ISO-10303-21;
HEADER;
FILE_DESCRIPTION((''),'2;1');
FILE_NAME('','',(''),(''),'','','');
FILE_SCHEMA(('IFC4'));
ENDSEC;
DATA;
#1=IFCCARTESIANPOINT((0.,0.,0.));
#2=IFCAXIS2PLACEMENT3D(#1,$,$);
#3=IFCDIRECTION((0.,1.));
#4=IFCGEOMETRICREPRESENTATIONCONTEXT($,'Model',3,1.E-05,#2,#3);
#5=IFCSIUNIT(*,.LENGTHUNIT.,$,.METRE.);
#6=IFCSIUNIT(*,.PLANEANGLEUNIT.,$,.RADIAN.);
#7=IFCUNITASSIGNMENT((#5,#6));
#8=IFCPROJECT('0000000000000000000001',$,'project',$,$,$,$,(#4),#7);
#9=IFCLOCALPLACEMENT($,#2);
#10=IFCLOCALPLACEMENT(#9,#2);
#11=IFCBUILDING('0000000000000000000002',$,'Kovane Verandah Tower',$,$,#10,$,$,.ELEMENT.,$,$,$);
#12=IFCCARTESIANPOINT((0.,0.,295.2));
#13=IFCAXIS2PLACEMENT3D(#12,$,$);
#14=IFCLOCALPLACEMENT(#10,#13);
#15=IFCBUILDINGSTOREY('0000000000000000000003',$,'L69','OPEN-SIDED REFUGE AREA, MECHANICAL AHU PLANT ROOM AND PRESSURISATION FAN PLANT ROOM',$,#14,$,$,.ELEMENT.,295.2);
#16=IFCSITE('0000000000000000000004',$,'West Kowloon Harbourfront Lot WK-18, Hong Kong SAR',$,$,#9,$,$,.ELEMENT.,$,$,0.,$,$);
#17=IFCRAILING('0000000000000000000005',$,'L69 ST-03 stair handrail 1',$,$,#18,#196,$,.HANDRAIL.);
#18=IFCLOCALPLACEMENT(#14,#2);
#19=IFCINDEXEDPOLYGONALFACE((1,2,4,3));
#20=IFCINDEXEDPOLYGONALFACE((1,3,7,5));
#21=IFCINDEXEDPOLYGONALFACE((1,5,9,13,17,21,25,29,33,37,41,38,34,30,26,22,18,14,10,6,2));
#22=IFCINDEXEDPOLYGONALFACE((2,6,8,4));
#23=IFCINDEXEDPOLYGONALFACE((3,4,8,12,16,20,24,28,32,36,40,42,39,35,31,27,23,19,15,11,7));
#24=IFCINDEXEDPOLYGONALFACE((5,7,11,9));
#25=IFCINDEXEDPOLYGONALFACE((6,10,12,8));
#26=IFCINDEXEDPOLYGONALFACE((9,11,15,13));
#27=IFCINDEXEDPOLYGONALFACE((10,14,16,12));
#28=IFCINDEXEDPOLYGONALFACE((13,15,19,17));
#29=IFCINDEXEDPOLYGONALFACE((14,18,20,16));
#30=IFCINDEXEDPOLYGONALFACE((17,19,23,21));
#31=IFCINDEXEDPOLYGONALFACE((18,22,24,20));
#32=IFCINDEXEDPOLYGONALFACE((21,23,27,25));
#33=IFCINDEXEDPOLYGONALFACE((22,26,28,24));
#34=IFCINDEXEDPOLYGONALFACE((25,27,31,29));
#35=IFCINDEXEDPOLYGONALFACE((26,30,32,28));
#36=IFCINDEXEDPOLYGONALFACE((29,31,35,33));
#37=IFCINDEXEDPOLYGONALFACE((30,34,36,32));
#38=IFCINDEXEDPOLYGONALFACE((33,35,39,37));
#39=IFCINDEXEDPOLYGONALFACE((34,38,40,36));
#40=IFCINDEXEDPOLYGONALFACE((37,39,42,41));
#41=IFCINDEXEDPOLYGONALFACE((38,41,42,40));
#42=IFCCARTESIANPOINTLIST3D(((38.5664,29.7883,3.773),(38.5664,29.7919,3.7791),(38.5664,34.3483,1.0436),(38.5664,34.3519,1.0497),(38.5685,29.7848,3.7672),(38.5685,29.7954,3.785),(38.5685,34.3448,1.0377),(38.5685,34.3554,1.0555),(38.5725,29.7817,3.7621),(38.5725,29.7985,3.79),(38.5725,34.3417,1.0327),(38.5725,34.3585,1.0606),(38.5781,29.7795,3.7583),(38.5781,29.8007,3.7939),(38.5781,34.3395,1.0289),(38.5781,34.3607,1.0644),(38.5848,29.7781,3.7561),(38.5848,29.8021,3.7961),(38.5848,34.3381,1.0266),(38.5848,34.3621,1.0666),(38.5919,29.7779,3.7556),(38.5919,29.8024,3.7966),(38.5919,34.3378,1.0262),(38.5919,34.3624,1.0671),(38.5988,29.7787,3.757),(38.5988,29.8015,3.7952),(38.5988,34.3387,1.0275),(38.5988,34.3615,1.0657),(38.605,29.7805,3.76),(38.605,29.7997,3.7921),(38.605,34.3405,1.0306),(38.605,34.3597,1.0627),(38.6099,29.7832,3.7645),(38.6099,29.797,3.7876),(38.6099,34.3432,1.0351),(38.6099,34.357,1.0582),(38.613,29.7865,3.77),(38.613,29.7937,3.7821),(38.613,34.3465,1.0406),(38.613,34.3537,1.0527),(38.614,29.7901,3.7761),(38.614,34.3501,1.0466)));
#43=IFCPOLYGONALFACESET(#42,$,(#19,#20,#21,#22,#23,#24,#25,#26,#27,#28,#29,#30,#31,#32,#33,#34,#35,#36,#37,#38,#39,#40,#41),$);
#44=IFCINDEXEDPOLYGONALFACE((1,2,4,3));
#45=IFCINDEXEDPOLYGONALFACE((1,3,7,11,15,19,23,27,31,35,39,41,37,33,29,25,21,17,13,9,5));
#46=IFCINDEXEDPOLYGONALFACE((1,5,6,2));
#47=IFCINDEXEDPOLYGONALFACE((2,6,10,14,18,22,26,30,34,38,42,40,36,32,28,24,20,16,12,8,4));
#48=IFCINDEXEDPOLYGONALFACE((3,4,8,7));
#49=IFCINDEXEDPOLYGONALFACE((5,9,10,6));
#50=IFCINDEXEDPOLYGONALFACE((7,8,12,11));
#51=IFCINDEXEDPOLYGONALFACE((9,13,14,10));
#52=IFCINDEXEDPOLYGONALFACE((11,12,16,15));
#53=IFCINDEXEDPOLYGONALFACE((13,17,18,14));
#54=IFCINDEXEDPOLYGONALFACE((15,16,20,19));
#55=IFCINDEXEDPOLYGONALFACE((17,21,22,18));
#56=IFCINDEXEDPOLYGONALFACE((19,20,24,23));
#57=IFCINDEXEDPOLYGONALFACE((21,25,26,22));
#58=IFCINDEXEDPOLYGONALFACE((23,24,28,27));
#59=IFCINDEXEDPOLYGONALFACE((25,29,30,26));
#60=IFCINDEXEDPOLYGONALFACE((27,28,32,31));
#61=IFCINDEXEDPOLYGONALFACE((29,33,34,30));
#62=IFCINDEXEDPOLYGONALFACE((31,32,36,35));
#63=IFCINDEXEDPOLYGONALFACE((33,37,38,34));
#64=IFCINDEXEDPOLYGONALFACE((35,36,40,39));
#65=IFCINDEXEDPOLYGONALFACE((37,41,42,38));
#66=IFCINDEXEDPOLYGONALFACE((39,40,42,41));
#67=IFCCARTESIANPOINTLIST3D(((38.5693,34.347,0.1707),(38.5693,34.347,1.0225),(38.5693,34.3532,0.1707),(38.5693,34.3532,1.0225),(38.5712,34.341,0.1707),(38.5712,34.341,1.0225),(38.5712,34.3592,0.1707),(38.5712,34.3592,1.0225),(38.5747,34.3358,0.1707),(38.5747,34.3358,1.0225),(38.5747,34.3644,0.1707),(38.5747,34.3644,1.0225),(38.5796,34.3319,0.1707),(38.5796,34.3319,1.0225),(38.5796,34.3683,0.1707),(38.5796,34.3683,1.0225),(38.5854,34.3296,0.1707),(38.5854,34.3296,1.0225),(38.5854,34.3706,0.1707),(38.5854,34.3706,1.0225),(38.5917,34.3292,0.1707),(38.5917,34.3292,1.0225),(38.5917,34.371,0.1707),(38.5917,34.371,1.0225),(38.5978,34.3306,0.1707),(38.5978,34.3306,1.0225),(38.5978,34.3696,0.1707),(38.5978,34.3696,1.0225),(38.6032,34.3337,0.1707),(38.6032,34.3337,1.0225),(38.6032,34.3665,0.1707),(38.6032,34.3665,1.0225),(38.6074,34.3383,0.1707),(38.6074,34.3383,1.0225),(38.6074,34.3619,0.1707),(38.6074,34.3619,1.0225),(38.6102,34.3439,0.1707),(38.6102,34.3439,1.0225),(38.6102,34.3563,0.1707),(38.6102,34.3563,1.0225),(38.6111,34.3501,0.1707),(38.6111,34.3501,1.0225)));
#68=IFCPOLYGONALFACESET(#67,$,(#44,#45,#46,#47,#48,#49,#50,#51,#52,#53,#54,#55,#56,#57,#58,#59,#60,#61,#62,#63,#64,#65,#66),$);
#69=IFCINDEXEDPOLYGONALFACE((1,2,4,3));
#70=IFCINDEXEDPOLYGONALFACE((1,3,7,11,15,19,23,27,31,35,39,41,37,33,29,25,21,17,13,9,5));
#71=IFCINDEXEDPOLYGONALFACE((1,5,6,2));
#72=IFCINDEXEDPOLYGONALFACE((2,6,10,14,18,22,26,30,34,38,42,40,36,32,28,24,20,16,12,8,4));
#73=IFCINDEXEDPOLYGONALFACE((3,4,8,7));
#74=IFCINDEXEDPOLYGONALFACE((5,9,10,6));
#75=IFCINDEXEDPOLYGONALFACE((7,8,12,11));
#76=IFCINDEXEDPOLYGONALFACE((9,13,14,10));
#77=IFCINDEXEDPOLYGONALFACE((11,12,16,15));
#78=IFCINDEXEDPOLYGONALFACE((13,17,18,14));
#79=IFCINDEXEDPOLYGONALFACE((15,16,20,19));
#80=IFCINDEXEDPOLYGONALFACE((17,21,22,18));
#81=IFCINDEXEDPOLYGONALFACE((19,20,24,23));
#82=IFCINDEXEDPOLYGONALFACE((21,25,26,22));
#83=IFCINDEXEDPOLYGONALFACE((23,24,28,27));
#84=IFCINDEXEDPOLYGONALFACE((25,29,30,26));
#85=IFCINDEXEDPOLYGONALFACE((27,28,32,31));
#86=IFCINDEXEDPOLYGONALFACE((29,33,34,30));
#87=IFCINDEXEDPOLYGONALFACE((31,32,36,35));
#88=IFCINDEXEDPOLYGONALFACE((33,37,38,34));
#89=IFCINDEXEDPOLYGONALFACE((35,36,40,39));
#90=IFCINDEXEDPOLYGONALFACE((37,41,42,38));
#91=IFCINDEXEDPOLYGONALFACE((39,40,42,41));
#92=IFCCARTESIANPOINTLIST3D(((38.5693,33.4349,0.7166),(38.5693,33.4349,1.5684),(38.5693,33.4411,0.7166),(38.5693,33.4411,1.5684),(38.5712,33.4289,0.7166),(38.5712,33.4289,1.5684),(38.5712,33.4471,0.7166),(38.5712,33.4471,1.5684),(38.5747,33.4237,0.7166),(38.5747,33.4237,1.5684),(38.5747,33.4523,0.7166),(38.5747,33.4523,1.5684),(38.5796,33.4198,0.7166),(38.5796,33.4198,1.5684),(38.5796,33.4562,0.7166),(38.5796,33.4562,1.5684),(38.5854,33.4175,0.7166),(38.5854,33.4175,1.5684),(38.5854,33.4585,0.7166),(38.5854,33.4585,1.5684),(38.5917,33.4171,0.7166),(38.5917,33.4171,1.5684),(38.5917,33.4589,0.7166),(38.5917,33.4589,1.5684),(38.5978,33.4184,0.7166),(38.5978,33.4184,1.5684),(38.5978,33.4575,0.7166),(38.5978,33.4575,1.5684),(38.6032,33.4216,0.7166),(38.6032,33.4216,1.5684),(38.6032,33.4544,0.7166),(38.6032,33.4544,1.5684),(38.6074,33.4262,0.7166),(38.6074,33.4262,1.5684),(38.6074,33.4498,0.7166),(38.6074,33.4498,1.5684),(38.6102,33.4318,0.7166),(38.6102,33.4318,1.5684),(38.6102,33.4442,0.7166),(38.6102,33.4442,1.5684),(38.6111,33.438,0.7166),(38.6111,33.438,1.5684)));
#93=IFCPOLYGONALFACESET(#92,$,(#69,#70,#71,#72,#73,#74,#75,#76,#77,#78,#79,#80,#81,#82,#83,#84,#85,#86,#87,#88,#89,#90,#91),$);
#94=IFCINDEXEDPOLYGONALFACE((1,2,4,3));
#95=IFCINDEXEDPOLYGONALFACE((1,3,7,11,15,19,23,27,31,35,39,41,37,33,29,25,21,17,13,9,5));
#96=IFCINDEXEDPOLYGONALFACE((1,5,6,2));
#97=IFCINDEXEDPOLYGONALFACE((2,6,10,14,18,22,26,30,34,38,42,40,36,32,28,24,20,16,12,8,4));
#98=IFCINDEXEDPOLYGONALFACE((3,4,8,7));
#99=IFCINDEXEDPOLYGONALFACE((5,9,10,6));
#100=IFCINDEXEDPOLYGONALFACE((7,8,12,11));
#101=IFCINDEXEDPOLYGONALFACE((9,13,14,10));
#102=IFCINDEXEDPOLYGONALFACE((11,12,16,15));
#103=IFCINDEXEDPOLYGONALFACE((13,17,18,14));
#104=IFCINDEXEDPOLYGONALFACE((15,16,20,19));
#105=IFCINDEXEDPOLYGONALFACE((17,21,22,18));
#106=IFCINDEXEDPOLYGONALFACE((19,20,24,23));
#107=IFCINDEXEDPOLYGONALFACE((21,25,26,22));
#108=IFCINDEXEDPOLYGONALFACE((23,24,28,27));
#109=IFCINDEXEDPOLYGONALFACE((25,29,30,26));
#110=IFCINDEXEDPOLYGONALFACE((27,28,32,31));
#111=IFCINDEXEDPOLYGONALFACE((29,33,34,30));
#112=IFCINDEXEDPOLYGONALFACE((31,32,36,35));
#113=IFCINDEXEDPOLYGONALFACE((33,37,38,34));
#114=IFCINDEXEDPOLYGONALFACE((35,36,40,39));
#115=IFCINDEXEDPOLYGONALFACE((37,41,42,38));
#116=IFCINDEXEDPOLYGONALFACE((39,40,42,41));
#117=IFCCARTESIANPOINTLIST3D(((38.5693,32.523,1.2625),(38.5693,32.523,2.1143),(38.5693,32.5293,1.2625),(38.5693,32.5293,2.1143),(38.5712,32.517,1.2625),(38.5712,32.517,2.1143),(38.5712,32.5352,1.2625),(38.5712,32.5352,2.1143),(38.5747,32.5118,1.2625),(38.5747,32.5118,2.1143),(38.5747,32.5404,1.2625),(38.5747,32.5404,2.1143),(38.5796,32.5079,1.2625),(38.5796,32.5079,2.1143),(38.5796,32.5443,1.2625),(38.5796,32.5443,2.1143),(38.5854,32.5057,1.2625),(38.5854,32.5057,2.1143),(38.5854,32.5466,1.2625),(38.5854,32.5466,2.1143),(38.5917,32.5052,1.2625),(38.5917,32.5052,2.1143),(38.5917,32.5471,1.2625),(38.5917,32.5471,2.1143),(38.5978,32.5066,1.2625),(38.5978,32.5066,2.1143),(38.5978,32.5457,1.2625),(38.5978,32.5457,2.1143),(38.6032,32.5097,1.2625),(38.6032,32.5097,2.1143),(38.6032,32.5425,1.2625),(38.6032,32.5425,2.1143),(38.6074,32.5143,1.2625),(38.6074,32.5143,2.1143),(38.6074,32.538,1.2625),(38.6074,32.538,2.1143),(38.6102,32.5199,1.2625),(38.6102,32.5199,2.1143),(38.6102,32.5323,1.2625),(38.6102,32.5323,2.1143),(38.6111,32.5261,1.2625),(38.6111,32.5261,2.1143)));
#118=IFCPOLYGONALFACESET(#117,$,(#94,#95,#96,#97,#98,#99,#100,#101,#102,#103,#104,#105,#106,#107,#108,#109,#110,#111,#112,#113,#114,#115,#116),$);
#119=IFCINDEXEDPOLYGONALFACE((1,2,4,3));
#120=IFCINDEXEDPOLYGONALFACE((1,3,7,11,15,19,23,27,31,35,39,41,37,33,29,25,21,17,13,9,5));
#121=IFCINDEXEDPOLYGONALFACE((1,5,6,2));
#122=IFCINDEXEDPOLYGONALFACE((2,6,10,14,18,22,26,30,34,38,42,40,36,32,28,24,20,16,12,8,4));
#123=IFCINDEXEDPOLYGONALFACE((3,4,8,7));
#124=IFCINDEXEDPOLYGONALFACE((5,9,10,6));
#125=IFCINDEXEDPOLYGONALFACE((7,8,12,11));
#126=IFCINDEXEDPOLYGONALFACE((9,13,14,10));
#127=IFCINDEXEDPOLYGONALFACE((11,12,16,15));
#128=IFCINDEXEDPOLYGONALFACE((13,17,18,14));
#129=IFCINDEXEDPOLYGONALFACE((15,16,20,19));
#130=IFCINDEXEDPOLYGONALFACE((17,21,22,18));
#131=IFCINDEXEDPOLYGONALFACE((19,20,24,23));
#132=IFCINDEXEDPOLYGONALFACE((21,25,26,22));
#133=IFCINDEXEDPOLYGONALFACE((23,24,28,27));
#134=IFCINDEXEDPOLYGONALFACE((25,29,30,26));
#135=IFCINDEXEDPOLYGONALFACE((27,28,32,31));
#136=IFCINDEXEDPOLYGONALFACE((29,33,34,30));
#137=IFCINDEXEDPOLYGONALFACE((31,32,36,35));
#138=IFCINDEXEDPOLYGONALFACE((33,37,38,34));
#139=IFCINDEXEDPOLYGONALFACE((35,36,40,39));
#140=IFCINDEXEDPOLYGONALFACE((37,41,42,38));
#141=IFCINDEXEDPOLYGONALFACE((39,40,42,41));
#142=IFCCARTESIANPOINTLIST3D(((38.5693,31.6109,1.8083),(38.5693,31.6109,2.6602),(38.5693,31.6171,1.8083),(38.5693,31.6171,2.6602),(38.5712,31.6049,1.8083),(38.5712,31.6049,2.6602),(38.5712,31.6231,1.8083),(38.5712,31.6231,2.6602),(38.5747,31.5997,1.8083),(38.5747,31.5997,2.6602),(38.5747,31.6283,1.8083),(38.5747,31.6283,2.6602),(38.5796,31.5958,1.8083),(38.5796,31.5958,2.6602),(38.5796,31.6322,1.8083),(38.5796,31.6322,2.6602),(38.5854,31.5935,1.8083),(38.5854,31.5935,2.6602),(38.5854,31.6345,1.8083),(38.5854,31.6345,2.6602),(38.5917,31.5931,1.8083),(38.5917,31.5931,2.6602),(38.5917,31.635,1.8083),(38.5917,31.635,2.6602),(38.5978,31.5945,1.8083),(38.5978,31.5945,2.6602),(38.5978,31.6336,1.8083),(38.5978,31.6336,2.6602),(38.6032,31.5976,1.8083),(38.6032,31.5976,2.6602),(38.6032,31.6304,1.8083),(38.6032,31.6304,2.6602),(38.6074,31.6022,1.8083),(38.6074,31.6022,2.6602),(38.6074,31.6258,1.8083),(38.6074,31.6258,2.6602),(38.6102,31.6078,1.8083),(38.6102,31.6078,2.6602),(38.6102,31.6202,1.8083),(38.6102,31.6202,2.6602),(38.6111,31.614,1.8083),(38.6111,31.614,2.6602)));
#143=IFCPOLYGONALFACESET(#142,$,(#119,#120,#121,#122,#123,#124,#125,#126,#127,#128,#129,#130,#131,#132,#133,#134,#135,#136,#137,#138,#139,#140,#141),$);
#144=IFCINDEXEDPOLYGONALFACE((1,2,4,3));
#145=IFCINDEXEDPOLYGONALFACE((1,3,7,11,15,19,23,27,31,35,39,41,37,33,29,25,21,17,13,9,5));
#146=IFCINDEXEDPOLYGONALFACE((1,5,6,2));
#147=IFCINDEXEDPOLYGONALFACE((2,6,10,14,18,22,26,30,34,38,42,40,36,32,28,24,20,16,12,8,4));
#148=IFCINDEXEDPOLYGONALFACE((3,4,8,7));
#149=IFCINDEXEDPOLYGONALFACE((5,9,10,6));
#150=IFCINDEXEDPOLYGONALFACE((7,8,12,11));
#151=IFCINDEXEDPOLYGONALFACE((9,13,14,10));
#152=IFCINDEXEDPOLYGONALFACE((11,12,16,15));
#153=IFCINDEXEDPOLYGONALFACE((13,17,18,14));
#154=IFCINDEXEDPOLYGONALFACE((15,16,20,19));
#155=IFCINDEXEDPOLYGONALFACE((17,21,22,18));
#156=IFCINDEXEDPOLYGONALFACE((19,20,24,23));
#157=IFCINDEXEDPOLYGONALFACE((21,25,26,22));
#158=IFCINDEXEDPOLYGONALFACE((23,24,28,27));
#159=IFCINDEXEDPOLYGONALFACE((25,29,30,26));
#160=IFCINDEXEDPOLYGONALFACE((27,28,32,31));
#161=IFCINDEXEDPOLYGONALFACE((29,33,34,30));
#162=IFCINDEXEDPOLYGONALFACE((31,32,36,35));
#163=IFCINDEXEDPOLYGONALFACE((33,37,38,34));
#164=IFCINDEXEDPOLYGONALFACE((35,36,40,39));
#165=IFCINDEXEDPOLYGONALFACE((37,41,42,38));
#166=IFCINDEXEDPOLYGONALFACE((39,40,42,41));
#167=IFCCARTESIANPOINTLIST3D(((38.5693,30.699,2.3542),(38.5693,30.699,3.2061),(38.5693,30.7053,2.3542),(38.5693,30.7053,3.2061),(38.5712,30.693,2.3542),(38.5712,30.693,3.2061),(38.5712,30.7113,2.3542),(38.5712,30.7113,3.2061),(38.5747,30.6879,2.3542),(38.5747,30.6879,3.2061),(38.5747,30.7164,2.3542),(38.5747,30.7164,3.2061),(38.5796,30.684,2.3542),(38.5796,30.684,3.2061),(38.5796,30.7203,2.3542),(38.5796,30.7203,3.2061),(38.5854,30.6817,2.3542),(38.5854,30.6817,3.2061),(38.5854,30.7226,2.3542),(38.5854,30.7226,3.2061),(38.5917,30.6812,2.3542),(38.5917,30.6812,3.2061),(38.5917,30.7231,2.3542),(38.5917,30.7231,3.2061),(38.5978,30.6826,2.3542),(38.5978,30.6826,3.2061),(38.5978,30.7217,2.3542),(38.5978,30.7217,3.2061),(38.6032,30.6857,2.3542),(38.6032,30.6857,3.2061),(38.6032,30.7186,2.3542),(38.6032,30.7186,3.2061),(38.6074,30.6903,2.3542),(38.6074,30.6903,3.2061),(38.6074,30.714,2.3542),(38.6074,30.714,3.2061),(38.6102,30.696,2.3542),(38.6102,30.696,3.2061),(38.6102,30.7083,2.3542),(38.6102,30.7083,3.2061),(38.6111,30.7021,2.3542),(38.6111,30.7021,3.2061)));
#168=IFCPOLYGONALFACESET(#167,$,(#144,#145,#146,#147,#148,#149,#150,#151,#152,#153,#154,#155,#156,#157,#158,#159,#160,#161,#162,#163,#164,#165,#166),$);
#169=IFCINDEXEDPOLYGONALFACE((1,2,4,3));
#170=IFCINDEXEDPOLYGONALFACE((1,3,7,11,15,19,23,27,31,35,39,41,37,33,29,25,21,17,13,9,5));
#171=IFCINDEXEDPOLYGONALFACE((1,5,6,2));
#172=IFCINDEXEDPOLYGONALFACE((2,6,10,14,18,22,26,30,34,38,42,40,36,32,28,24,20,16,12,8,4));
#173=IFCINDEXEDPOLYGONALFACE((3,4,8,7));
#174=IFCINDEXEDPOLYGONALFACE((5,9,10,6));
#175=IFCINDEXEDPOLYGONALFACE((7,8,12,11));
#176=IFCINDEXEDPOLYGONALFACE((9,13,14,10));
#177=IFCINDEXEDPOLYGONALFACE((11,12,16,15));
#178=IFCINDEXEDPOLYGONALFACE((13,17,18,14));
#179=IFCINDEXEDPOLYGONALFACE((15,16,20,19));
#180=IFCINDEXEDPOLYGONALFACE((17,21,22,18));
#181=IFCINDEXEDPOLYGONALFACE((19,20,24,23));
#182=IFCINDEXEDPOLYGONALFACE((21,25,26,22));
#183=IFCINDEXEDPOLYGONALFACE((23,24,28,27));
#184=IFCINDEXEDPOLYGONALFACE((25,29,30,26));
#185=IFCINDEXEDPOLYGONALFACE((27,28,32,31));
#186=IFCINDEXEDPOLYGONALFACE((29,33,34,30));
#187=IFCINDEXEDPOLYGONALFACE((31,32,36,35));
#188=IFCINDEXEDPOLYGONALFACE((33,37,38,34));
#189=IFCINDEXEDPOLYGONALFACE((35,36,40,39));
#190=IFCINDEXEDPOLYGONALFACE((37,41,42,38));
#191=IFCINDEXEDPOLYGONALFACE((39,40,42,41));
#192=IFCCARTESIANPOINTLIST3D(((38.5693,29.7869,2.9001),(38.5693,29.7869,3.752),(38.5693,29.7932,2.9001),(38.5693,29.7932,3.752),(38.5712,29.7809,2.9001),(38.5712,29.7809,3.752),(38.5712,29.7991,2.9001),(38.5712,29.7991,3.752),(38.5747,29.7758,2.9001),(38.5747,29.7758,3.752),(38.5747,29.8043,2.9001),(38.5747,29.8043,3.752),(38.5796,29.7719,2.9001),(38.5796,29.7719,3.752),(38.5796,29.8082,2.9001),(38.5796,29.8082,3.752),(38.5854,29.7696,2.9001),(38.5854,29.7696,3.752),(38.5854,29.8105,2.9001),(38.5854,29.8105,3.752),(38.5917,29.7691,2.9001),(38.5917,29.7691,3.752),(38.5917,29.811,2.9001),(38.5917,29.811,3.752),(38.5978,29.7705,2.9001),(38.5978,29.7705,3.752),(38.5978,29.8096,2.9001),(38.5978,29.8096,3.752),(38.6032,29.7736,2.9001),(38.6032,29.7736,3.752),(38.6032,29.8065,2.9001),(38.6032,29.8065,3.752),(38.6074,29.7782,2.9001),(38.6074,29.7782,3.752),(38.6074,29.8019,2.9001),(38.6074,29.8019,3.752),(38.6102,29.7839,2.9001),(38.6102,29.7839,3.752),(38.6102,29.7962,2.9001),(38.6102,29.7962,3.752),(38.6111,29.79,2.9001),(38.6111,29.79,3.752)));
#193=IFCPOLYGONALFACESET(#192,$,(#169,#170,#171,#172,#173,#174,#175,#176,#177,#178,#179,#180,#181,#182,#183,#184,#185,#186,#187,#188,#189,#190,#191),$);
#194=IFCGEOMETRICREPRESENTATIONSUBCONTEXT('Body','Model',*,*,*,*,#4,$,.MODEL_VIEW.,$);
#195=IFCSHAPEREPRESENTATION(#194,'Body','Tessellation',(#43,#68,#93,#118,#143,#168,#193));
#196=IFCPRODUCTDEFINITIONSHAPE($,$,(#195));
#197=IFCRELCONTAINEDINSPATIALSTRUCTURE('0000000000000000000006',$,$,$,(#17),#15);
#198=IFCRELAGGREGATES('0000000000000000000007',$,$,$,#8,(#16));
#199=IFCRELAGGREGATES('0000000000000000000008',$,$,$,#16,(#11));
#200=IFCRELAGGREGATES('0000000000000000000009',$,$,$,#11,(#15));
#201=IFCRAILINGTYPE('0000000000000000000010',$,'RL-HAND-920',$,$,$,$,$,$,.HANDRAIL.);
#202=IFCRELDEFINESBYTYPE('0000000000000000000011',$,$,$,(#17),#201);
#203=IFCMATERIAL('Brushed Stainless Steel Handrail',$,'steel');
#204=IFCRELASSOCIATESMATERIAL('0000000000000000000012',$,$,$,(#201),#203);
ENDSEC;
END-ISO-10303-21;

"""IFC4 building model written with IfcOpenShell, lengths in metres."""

from ifc_helpers import new_model, si_unit, direction, frame, origin, origin_2d, place, context, subcontext, project, spatial, circle, extrude, material, type_object, element, save


model = new_model("IFC4")

# Units and contexts
model_context = context("Model", 3, precision=1e-05, world=origin(), true_north=direction((0.0, 1.0)))
body_context = subcontext(model_context, "Body", "Model", "MODEL_VIEW")
ifc_project = project(units=[si_unit("LENGTHUNIT", "METRE"), si_unit("PLANEANGLEUNIT", "RADIAN")], contexts=[model_context])

# Site, building, storey
site_placement = place(None, origin())
site = spatial("IfcSite", under=ifc_project, at=site_placement, Name="West Kowloon Harbourfront Lot WK-18, Hong Kong SAR", CompositionType="ELEMENT", RefElevation=0.0)
building_placement = place(site_placement, origin())
building = spatial("IfcBuilding", under=site, at=building_placement, Name="Kovane Verandah Tower", CompositionType="ELEMENT")
storey_placement = place(building_placement, frame((0.0, 0.0, 295.2)))
storey = spatial("IfcBuildingStorey", under=building, at=storey_placement, Name="L69", Description="OPEN-SIDED REFUGE AREA, MECHANICAL AHU PLANT ROOM AND PRESSURISATION FAN PLANT ROOM", CompositionType="ELEMENT", Elevation=295.2)

# Railing
ifc_material_1 = material(Name="Brushed Stainless Steel Handrail", Category="steel")
railing_type_1 = type_object("IfcRailingType", Name="RL-HAND-920", PredefinedType="HANDRAIL", material=ifc_material_1)
railing_1_placement = place(storey_placement, frame((38.5901, 34.3501, 0.1707)))
element("IfcRailing", 1, at=railing_1_placement, inside=storey, type_object=railing_type_1, Name="L69 ST-03 stair handrail 1", PredefinedType="HANDRAIL", context=body_context, shape_type="SweptSolid", body=[
    extrude(circle(Radius=0.0239, at=origin_2d()), frame((0.0, 0.0, 0.876), z_axis=(0.0, -0.858036, 0.51359), x_axis=(1.0, 0.0, 0.0)), (0.0, 0.0, 1.0), 5.3145),
    extrude(circle(Radius=0.021, at=origin_2d()), origin(), (0.0, 0.0, 1.0), 0.8518),
    extrude(circle(Radius=0.021, at=origin_2d()), frame((0.0, -0.9121, 0.5459)), (0.0, 0.0, 1.0), 0.8518),
    extrude(circle(Radius=0.021, at=origin_2d()), frame((0.0, -1.824, 1.0918)), (0.0, 0.0, 1.0), 0.8518),
    extrude(circle(Radius=0.021, at=origin_2d()), frame((0.0, -2.7361, 1.6377)), (0.0, 0.0, 1.0), 0.8518),
    extrude(circle(Radius=0.021, at=origin_2d()), frame((0.0, -3.6479, 2.1836)), (0.0, 0.0, 1.0), 0.8518),
    extrude(circle(Radius=0.021, at=origin_2d()), frame((0.0, -4.5601, 2.7295)), (0.0, 0.0, 1.0), 0.8518),
])

save(model, "model.ifc")
